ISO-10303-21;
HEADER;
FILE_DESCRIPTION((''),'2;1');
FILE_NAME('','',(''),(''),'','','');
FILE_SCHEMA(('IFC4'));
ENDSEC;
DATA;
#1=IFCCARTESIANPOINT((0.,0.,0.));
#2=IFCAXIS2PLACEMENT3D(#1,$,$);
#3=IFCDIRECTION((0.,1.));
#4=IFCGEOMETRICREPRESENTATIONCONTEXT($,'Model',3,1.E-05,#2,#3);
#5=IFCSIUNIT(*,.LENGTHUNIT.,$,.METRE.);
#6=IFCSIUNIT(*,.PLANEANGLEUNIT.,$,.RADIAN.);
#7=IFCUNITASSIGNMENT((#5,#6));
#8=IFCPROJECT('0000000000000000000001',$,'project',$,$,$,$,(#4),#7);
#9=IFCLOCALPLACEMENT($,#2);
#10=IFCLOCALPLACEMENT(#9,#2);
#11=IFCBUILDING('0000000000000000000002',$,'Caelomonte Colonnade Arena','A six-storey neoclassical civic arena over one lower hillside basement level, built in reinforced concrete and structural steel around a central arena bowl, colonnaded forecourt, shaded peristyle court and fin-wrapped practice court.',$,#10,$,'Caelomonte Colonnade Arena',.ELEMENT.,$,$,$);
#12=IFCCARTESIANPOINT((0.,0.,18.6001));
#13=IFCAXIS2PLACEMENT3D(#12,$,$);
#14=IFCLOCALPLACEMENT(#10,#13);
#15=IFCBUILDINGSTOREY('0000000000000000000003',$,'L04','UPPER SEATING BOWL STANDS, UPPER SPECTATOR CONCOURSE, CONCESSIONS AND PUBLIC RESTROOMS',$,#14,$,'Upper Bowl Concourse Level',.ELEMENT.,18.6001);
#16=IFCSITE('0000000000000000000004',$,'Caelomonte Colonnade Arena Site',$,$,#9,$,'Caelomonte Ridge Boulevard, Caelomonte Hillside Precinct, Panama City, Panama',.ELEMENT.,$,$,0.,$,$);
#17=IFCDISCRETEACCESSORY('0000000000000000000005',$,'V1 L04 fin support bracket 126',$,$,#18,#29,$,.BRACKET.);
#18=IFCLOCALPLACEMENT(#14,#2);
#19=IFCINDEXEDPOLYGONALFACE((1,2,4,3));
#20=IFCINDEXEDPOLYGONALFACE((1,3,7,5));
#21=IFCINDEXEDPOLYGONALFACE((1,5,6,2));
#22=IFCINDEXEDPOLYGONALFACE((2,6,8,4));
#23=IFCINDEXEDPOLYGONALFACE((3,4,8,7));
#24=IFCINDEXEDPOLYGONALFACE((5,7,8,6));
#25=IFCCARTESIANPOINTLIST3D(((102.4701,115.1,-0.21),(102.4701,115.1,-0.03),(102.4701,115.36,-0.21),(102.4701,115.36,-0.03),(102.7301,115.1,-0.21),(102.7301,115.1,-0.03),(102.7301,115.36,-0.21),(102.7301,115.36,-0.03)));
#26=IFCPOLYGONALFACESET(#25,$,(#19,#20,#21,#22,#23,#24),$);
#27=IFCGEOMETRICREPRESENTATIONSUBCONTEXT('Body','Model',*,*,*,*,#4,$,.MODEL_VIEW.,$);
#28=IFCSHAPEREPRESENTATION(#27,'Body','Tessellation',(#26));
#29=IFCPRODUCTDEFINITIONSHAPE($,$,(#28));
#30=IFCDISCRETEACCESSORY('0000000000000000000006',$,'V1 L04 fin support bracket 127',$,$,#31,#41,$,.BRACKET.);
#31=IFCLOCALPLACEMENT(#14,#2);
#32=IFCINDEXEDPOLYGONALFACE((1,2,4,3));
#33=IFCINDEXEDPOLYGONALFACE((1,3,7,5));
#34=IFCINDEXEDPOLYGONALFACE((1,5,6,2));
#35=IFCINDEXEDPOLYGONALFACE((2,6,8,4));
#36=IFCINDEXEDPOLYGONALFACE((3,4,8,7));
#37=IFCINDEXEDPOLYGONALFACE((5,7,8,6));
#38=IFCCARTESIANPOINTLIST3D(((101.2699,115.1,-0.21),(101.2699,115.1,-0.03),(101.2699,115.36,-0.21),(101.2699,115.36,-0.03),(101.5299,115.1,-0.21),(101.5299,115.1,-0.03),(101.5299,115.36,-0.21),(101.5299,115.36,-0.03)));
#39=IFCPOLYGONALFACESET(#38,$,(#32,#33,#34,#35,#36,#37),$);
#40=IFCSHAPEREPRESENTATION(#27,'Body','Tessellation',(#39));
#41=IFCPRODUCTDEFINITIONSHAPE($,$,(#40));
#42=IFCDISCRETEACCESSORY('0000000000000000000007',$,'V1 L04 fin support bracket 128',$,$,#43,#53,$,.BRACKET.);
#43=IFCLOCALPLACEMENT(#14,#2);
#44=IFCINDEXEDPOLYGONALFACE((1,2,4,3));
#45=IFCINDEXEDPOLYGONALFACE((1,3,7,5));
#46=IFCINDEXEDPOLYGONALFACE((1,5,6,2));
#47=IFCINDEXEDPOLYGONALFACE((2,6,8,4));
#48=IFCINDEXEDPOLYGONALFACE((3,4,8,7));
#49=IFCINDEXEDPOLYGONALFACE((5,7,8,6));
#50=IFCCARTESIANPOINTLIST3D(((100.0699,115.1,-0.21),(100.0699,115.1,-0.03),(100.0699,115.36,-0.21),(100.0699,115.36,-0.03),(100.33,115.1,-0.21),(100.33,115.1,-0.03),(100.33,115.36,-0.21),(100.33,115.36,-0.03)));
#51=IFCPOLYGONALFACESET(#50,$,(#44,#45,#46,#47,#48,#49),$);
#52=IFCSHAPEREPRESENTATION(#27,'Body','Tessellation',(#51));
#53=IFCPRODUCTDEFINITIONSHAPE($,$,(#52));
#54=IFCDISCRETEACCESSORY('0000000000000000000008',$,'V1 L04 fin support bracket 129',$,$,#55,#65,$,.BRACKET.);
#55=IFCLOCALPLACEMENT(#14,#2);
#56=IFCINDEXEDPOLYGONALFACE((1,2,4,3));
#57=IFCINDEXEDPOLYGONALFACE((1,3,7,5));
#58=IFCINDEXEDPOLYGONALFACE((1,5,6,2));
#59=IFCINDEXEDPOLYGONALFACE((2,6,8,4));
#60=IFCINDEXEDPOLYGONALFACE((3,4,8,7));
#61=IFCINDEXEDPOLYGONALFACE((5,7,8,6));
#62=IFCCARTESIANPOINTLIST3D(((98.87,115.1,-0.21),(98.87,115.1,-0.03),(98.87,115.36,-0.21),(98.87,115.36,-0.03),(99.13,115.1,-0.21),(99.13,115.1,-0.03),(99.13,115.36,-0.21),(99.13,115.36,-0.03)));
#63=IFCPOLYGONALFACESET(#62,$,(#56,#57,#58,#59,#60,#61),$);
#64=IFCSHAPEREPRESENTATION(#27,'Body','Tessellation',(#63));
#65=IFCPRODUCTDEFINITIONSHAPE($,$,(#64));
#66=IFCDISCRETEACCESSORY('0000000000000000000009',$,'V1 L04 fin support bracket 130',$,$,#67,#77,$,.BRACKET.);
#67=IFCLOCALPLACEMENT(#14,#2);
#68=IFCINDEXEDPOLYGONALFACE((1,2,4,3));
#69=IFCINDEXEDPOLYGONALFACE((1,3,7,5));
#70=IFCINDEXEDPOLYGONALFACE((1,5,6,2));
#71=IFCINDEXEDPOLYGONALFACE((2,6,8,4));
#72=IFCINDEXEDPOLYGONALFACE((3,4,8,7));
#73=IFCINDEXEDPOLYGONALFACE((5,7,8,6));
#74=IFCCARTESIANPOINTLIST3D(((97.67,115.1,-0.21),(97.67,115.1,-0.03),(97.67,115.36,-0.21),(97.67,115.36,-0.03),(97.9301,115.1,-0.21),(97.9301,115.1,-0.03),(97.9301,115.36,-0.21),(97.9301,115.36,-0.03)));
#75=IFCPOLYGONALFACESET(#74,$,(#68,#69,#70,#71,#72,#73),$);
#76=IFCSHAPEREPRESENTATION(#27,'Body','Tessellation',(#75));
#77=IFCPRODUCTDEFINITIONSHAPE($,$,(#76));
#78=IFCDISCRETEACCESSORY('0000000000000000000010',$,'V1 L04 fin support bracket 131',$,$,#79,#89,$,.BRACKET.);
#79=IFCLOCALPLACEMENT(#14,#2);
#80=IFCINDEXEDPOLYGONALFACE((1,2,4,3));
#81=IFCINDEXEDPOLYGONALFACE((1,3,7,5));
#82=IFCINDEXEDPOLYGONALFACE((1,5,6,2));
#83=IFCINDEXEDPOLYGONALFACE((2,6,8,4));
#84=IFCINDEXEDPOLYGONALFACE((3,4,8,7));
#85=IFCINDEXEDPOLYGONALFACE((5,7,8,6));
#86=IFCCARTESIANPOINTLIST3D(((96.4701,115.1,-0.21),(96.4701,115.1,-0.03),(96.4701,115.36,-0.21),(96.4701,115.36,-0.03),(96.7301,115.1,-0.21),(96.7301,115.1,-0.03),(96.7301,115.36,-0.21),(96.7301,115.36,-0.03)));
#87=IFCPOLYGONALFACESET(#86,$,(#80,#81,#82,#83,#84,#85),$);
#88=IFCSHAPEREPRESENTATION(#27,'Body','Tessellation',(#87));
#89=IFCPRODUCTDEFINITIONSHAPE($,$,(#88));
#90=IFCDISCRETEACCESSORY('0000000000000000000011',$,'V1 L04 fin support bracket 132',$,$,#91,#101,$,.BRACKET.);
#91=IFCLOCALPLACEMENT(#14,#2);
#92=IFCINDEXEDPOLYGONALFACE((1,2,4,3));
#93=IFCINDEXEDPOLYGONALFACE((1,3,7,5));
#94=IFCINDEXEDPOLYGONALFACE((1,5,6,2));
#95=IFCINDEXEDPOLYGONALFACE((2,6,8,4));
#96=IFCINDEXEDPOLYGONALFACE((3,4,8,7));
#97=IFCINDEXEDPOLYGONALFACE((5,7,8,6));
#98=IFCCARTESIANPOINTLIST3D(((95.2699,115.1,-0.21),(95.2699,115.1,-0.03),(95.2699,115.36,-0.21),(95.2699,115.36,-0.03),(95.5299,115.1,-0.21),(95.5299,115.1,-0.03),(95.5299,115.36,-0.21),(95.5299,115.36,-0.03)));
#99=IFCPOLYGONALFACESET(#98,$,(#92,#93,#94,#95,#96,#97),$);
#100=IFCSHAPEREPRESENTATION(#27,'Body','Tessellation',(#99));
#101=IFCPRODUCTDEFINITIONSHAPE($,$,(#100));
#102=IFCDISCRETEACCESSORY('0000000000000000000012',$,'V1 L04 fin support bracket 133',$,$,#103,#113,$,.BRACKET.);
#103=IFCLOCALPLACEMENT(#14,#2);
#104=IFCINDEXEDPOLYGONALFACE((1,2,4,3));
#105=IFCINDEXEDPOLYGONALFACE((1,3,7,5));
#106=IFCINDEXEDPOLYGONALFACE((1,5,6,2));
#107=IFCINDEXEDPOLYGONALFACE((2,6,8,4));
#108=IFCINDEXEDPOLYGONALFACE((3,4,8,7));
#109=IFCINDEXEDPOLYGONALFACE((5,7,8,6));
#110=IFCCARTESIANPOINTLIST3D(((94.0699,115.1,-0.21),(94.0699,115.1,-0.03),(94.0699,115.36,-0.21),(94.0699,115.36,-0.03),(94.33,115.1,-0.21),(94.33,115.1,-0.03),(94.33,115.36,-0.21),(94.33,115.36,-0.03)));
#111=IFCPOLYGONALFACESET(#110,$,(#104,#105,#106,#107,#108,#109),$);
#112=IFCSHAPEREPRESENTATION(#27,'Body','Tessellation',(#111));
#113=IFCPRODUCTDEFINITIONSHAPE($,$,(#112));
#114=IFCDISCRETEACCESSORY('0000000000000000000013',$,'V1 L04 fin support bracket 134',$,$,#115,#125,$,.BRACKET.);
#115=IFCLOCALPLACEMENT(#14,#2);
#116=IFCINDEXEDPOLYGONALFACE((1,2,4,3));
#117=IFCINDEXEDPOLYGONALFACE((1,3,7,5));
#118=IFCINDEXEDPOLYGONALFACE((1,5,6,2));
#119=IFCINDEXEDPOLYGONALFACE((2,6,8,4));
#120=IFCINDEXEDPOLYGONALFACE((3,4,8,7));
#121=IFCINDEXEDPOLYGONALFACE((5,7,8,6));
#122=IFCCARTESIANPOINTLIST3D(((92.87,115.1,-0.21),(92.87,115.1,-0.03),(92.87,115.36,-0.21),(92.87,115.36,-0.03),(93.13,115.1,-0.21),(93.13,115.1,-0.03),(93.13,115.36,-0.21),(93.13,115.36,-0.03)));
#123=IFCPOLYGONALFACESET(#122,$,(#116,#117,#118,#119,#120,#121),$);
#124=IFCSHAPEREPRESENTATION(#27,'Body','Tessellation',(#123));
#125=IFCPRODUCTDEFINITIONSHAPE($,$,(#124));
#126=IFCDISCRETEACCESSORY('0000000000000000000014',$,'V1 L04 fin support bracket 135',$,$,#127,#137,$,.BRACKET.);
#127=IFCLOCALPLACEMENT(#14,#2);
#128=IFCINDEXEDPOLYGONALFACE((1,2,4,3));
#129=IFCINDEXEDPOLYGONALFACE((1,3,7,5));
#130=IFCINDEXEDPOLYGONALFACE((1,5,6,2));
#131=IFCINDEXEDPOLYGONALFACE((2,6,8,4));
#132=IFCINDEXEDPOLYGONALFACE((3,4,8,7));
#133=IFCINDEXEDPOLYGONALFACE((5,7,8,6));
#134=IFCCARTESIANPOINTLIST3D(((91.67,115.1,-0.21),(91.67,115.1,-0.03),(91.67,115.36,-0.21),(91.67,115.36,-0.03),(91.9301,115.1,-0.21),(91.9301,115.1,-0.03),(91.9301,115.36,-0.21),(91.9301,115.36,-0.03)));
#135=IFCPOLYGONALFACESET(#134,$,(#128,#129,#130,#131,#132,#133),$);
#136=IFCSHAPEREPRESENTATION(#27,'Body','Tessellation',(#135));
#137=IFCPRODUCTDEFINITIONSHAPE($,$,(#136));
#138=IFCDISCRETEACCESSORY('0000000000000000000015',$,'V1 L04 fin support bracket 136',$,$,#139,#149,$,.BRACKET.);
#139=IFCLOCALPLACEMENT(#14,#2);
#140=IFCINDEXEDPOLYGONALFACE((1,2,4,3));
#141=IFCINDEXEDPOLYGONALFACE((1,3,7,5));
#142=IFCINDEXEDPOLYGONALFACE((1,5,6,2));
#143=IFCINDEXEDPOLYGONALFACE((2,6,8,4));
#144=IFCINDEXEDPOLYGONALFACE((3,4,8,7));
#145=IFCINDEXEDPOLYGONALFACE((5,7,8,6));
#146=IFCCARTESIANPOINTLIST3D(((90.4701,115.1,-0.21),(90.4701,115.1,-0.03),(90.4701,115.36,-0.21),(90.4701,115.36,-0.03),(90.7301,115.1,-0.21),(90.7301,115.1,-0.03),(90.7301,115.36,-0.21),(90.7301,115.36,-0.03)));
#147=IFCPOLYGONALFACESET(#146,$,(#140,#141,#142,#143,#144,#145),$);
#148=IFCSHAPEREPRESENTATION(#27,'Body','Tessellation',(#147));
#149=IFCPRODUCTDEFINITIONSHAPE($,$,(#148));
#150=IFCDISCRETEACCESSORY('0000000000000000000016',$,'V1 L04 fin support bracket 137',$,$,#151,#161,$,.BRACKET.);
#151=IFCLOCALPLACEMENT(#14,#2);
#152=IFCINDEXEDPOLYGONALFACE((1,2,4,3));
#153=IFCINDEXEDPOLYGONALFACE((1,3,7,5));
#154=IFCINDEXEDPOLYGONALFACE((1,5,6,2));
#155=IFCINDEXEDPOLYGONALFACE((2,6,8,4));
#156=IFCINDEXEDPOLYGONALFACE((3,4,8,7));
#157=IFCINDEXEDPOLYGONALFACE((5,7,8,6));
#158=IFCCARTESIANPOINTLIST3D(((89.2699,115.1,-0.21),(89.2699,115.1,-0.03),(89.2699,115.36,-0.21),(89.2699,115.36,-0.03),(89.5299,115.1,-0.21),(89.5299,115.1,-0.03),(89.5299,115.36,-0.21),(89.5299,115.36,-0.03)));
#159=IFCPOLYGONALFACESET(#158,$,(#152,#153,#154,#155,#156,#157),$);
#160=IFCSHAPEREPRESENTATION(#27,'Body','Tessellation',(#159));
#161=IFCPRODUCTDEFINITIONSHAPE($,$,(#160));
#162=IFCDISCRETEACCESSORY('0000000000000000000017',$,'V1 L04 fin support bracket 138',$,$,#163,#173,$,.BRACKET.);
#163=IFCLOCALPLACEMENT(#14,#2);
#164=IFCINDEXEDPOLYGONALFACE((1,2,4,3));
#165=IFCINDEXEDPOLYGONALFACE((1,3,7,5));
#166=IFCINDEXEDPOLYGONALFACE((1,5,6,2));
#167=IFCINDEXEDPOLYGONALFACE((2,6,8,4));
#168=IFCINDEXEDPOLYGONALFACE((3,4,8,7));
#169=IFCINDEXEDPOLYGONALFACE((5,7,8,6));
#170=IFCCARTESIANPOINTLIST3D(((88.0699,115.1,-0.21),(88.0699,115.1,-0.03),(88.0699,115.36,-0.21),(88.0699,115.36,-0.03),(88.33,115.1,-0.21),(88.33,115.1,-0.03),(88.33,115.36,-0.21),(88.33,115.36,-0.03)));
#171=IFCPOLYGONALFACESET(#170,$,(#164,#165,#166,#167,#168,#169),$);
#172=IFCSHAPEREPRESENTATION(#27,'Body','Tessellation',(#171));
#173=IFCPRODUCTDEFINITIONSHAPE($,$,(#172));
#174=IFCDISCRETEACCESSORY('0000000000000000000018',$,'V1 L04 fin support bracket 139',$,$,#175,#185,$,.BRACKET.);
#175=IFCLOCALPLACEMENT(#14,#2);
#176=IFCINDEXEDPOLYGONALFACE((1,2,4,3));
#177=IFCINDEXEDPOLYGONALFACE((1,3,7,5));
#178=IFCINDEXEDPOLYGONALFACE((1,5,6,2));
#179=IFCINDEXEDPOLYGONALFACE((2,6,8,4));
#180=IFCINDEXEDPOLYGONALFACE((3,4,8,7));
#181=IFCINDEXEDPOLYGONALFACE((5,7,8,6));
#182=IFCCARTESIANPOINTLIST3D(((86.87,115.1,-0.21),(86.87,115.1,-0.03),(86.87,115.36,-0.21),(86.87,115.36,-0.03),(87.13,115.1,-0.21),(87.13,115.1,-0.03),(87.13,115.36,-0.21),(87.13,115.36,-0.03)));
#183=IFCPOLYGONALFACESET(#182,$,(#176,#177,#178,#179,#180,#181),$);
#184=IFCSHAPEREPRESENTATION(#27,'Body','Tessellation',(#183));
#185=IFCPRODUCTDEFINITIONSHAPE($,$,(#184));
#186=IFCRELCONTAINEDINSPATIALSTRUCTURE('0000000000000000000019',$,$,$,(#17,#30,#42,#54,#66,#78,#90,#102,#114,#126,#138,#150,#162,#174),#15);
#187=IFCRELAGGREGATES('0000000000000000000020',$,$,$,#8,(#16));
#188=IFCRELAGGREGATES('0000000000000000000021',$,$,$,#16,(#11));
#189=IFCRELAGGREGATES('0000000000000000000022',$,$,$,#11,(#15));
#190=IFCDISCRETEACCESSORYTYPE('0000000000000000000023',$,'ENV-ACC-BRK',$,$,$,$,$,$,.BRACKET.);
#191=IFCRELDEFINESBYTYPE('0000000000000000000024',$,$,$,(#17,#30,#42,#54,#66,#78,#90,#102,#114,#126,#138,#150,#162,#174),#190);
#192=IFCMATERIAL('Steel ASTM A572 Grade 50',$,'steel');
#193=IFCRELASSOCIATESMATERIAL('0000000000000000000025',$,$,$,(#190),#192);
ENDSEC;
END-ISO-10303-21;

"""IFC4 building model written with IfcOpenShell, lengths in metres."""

from ifc_helpers import new_model, si_unit, direction, frame, origin, origin_2d, place, context, subcontext, project, spatial, rectangle, extrude, material, type_object, element, save


model = new_model("IFC4")

# Units and contexts
model_context = context("Model", 3, precision=1e-05, world=origin(), true_north=direction((0.0, 1.0)))
body_context = subcontext(model_context, "Body", "Model", "MODEL_VIEW")
ifc_project = project(units=[si_unit("LENGTHUNIT", "METRE"), si_unit("PLANEANGLEUNIT", "RADIAN")], contexts=[model_context])

# Site, building, storey
site_placement = place(None, origin())
site = spatial("IfcSite", under=ifc_project, at=site_placement, Name="Caelomonte Colonnade Arena Site", LongName="Caelomonte Ridge Boulevard, Caelomonte Hillside Precinct, Panama City, Panama", CompositionType="ELEMENT", RefElevation=0.0)
building_placement = place(site_placement, origin())
building = spatial("IfcBuilding", under=site, at=building_placement, Name="Caelomonte Colonnade Arena", Description="A six-storey neoclassical civic arena over one lower hillside basement level, built in reinforced concrete and structural steel around a central arena bowl, colonnaded forecourt, shaded peristyle court and fin-wrapped practice court.", LongName="Caelomonte Colonnade Arena", CompositionType="ELEMENT")
storey_placement = place(building_placement, frame((0.0, 0.0, 18.6001)))
storey = spatial("IfcBuildingStorey", under=building, at=storey_placement, Name="L04", Description="UPPER SEATING BOWL STANDS, UPPER SPECTATOR CONCOURSE, CONCESSIONS AND PUBLIC RESTROOMS", LongName="Upper Bowl Concourse Level", CompositionType="ELEMENT", Elevation=18.6001)

# Discrete accessories
ifc_material_1 = material(Name="Steel ASTM A572 Grade 50", Category="steel")
discrete_accessory_type = type_object("IfcDiscreteAccessoryType", Name="ENV-ACC-BRK", PredefinedType="BRACKET", material=ifc_material_1)
for number, where, z_axis, x_axis, name in (
    (1, (102.6001, 115.23, -0.21), (0.0, 0.0, 1.0), (-1.0, 0.0, 0.0), "V1 L04 fin support bracket 126"),
    (2, (101.3999, 115.23, -0.21), (0.0, 0.0, 1.0), (-1.0, 0.0, 0.0), "V1 L04 fin support bracket 127"),
    (3, (100.2, 115.23, -0.21), (0.0, 0.0, 1.0), (-1.0, 0.0, 0.0), "V1 L04 fin support bracket 128"),
    (4, (99.0, 115.23, -0.21), (0.0, 0.0, 1.0), (-1.0, 0.0, 0.0), "V1 L04 fin support bracket 129"),
    (5, (97.8, 115.23, -0.21), (0.0, 0.0, 1.0), (-1.0, 0.0, 0.0), "V1 L04 fin support bracket 130"),
    (6, (96.6001, 115.23, -0.21), (0.0, 0.0, 1.0), (-1.0, 0.0, 0.0), "V1 L04 fin support bracket 131"),
    (7, (95.3999, 115.23, -0.21), (0.0, 0.0, 1.0), (-1.0, 0.0, 0.0), "V1 L04 fin support bracket 132"),
    (8, (94.2, 115.23, -0.21), (0.0, 0.0, 1.0), (-1.0, 0.0, 0.0), "V1 L04 fin support bracket 133"),
    (9, (93.0, 115.23, -0.21), (0.0, 0.0, 1.0), (-1.0, 0.0, 0.0), "V1 L04 fin support bracket 134"),
    (10, (91.8, 115.23, -0.21), (0.0, 0.0, 1.0), (-1.0, 0.0, 0.0), "V1 L04 fin support bracket 135"),
    (11, (90.6001, 115.23, -0.21), (0.0, 0.0, 1.0), (-1.0, 0.0, 0.0), "V1 L04 fin support bracket 136"),
    (12, (89.3999, 115.23, -0.21), (0.0, 0.0, 1.0), (-1.0, 0.0, 0.0), "V1 L04 fin support bracket 137"),
    (13, (88.2, 115.23, -0.21), (0.0, 0.0, 1.0), (-1.0, 0.0, 0.0), "V1 L04 fin support bracket 138"),
    (14, (87.0, 115.23, -0.21), (0.0, 0.0, 1.0), (-1.0, 0.0, 0.0), "V1 L04 fin support bracket 139"),
):
    element("IfcDiscreteAccessory", number, at=place(storey_placement, frame(where, z_axis=z_axis, x_axis=x_axis)), inside=storey, type_object=discrete_accessory_type, Name=name, PredefinedType="BRACKET", context=body_context, shape_type="SweptSolid", body=[
        extrude(rectangle(XDim=0.26, YDim=0.26, at=origin_2d()), origin(), (0.0, 0.0, 1.0), 0.1799),
    ])

save(model, "model.ifc")
